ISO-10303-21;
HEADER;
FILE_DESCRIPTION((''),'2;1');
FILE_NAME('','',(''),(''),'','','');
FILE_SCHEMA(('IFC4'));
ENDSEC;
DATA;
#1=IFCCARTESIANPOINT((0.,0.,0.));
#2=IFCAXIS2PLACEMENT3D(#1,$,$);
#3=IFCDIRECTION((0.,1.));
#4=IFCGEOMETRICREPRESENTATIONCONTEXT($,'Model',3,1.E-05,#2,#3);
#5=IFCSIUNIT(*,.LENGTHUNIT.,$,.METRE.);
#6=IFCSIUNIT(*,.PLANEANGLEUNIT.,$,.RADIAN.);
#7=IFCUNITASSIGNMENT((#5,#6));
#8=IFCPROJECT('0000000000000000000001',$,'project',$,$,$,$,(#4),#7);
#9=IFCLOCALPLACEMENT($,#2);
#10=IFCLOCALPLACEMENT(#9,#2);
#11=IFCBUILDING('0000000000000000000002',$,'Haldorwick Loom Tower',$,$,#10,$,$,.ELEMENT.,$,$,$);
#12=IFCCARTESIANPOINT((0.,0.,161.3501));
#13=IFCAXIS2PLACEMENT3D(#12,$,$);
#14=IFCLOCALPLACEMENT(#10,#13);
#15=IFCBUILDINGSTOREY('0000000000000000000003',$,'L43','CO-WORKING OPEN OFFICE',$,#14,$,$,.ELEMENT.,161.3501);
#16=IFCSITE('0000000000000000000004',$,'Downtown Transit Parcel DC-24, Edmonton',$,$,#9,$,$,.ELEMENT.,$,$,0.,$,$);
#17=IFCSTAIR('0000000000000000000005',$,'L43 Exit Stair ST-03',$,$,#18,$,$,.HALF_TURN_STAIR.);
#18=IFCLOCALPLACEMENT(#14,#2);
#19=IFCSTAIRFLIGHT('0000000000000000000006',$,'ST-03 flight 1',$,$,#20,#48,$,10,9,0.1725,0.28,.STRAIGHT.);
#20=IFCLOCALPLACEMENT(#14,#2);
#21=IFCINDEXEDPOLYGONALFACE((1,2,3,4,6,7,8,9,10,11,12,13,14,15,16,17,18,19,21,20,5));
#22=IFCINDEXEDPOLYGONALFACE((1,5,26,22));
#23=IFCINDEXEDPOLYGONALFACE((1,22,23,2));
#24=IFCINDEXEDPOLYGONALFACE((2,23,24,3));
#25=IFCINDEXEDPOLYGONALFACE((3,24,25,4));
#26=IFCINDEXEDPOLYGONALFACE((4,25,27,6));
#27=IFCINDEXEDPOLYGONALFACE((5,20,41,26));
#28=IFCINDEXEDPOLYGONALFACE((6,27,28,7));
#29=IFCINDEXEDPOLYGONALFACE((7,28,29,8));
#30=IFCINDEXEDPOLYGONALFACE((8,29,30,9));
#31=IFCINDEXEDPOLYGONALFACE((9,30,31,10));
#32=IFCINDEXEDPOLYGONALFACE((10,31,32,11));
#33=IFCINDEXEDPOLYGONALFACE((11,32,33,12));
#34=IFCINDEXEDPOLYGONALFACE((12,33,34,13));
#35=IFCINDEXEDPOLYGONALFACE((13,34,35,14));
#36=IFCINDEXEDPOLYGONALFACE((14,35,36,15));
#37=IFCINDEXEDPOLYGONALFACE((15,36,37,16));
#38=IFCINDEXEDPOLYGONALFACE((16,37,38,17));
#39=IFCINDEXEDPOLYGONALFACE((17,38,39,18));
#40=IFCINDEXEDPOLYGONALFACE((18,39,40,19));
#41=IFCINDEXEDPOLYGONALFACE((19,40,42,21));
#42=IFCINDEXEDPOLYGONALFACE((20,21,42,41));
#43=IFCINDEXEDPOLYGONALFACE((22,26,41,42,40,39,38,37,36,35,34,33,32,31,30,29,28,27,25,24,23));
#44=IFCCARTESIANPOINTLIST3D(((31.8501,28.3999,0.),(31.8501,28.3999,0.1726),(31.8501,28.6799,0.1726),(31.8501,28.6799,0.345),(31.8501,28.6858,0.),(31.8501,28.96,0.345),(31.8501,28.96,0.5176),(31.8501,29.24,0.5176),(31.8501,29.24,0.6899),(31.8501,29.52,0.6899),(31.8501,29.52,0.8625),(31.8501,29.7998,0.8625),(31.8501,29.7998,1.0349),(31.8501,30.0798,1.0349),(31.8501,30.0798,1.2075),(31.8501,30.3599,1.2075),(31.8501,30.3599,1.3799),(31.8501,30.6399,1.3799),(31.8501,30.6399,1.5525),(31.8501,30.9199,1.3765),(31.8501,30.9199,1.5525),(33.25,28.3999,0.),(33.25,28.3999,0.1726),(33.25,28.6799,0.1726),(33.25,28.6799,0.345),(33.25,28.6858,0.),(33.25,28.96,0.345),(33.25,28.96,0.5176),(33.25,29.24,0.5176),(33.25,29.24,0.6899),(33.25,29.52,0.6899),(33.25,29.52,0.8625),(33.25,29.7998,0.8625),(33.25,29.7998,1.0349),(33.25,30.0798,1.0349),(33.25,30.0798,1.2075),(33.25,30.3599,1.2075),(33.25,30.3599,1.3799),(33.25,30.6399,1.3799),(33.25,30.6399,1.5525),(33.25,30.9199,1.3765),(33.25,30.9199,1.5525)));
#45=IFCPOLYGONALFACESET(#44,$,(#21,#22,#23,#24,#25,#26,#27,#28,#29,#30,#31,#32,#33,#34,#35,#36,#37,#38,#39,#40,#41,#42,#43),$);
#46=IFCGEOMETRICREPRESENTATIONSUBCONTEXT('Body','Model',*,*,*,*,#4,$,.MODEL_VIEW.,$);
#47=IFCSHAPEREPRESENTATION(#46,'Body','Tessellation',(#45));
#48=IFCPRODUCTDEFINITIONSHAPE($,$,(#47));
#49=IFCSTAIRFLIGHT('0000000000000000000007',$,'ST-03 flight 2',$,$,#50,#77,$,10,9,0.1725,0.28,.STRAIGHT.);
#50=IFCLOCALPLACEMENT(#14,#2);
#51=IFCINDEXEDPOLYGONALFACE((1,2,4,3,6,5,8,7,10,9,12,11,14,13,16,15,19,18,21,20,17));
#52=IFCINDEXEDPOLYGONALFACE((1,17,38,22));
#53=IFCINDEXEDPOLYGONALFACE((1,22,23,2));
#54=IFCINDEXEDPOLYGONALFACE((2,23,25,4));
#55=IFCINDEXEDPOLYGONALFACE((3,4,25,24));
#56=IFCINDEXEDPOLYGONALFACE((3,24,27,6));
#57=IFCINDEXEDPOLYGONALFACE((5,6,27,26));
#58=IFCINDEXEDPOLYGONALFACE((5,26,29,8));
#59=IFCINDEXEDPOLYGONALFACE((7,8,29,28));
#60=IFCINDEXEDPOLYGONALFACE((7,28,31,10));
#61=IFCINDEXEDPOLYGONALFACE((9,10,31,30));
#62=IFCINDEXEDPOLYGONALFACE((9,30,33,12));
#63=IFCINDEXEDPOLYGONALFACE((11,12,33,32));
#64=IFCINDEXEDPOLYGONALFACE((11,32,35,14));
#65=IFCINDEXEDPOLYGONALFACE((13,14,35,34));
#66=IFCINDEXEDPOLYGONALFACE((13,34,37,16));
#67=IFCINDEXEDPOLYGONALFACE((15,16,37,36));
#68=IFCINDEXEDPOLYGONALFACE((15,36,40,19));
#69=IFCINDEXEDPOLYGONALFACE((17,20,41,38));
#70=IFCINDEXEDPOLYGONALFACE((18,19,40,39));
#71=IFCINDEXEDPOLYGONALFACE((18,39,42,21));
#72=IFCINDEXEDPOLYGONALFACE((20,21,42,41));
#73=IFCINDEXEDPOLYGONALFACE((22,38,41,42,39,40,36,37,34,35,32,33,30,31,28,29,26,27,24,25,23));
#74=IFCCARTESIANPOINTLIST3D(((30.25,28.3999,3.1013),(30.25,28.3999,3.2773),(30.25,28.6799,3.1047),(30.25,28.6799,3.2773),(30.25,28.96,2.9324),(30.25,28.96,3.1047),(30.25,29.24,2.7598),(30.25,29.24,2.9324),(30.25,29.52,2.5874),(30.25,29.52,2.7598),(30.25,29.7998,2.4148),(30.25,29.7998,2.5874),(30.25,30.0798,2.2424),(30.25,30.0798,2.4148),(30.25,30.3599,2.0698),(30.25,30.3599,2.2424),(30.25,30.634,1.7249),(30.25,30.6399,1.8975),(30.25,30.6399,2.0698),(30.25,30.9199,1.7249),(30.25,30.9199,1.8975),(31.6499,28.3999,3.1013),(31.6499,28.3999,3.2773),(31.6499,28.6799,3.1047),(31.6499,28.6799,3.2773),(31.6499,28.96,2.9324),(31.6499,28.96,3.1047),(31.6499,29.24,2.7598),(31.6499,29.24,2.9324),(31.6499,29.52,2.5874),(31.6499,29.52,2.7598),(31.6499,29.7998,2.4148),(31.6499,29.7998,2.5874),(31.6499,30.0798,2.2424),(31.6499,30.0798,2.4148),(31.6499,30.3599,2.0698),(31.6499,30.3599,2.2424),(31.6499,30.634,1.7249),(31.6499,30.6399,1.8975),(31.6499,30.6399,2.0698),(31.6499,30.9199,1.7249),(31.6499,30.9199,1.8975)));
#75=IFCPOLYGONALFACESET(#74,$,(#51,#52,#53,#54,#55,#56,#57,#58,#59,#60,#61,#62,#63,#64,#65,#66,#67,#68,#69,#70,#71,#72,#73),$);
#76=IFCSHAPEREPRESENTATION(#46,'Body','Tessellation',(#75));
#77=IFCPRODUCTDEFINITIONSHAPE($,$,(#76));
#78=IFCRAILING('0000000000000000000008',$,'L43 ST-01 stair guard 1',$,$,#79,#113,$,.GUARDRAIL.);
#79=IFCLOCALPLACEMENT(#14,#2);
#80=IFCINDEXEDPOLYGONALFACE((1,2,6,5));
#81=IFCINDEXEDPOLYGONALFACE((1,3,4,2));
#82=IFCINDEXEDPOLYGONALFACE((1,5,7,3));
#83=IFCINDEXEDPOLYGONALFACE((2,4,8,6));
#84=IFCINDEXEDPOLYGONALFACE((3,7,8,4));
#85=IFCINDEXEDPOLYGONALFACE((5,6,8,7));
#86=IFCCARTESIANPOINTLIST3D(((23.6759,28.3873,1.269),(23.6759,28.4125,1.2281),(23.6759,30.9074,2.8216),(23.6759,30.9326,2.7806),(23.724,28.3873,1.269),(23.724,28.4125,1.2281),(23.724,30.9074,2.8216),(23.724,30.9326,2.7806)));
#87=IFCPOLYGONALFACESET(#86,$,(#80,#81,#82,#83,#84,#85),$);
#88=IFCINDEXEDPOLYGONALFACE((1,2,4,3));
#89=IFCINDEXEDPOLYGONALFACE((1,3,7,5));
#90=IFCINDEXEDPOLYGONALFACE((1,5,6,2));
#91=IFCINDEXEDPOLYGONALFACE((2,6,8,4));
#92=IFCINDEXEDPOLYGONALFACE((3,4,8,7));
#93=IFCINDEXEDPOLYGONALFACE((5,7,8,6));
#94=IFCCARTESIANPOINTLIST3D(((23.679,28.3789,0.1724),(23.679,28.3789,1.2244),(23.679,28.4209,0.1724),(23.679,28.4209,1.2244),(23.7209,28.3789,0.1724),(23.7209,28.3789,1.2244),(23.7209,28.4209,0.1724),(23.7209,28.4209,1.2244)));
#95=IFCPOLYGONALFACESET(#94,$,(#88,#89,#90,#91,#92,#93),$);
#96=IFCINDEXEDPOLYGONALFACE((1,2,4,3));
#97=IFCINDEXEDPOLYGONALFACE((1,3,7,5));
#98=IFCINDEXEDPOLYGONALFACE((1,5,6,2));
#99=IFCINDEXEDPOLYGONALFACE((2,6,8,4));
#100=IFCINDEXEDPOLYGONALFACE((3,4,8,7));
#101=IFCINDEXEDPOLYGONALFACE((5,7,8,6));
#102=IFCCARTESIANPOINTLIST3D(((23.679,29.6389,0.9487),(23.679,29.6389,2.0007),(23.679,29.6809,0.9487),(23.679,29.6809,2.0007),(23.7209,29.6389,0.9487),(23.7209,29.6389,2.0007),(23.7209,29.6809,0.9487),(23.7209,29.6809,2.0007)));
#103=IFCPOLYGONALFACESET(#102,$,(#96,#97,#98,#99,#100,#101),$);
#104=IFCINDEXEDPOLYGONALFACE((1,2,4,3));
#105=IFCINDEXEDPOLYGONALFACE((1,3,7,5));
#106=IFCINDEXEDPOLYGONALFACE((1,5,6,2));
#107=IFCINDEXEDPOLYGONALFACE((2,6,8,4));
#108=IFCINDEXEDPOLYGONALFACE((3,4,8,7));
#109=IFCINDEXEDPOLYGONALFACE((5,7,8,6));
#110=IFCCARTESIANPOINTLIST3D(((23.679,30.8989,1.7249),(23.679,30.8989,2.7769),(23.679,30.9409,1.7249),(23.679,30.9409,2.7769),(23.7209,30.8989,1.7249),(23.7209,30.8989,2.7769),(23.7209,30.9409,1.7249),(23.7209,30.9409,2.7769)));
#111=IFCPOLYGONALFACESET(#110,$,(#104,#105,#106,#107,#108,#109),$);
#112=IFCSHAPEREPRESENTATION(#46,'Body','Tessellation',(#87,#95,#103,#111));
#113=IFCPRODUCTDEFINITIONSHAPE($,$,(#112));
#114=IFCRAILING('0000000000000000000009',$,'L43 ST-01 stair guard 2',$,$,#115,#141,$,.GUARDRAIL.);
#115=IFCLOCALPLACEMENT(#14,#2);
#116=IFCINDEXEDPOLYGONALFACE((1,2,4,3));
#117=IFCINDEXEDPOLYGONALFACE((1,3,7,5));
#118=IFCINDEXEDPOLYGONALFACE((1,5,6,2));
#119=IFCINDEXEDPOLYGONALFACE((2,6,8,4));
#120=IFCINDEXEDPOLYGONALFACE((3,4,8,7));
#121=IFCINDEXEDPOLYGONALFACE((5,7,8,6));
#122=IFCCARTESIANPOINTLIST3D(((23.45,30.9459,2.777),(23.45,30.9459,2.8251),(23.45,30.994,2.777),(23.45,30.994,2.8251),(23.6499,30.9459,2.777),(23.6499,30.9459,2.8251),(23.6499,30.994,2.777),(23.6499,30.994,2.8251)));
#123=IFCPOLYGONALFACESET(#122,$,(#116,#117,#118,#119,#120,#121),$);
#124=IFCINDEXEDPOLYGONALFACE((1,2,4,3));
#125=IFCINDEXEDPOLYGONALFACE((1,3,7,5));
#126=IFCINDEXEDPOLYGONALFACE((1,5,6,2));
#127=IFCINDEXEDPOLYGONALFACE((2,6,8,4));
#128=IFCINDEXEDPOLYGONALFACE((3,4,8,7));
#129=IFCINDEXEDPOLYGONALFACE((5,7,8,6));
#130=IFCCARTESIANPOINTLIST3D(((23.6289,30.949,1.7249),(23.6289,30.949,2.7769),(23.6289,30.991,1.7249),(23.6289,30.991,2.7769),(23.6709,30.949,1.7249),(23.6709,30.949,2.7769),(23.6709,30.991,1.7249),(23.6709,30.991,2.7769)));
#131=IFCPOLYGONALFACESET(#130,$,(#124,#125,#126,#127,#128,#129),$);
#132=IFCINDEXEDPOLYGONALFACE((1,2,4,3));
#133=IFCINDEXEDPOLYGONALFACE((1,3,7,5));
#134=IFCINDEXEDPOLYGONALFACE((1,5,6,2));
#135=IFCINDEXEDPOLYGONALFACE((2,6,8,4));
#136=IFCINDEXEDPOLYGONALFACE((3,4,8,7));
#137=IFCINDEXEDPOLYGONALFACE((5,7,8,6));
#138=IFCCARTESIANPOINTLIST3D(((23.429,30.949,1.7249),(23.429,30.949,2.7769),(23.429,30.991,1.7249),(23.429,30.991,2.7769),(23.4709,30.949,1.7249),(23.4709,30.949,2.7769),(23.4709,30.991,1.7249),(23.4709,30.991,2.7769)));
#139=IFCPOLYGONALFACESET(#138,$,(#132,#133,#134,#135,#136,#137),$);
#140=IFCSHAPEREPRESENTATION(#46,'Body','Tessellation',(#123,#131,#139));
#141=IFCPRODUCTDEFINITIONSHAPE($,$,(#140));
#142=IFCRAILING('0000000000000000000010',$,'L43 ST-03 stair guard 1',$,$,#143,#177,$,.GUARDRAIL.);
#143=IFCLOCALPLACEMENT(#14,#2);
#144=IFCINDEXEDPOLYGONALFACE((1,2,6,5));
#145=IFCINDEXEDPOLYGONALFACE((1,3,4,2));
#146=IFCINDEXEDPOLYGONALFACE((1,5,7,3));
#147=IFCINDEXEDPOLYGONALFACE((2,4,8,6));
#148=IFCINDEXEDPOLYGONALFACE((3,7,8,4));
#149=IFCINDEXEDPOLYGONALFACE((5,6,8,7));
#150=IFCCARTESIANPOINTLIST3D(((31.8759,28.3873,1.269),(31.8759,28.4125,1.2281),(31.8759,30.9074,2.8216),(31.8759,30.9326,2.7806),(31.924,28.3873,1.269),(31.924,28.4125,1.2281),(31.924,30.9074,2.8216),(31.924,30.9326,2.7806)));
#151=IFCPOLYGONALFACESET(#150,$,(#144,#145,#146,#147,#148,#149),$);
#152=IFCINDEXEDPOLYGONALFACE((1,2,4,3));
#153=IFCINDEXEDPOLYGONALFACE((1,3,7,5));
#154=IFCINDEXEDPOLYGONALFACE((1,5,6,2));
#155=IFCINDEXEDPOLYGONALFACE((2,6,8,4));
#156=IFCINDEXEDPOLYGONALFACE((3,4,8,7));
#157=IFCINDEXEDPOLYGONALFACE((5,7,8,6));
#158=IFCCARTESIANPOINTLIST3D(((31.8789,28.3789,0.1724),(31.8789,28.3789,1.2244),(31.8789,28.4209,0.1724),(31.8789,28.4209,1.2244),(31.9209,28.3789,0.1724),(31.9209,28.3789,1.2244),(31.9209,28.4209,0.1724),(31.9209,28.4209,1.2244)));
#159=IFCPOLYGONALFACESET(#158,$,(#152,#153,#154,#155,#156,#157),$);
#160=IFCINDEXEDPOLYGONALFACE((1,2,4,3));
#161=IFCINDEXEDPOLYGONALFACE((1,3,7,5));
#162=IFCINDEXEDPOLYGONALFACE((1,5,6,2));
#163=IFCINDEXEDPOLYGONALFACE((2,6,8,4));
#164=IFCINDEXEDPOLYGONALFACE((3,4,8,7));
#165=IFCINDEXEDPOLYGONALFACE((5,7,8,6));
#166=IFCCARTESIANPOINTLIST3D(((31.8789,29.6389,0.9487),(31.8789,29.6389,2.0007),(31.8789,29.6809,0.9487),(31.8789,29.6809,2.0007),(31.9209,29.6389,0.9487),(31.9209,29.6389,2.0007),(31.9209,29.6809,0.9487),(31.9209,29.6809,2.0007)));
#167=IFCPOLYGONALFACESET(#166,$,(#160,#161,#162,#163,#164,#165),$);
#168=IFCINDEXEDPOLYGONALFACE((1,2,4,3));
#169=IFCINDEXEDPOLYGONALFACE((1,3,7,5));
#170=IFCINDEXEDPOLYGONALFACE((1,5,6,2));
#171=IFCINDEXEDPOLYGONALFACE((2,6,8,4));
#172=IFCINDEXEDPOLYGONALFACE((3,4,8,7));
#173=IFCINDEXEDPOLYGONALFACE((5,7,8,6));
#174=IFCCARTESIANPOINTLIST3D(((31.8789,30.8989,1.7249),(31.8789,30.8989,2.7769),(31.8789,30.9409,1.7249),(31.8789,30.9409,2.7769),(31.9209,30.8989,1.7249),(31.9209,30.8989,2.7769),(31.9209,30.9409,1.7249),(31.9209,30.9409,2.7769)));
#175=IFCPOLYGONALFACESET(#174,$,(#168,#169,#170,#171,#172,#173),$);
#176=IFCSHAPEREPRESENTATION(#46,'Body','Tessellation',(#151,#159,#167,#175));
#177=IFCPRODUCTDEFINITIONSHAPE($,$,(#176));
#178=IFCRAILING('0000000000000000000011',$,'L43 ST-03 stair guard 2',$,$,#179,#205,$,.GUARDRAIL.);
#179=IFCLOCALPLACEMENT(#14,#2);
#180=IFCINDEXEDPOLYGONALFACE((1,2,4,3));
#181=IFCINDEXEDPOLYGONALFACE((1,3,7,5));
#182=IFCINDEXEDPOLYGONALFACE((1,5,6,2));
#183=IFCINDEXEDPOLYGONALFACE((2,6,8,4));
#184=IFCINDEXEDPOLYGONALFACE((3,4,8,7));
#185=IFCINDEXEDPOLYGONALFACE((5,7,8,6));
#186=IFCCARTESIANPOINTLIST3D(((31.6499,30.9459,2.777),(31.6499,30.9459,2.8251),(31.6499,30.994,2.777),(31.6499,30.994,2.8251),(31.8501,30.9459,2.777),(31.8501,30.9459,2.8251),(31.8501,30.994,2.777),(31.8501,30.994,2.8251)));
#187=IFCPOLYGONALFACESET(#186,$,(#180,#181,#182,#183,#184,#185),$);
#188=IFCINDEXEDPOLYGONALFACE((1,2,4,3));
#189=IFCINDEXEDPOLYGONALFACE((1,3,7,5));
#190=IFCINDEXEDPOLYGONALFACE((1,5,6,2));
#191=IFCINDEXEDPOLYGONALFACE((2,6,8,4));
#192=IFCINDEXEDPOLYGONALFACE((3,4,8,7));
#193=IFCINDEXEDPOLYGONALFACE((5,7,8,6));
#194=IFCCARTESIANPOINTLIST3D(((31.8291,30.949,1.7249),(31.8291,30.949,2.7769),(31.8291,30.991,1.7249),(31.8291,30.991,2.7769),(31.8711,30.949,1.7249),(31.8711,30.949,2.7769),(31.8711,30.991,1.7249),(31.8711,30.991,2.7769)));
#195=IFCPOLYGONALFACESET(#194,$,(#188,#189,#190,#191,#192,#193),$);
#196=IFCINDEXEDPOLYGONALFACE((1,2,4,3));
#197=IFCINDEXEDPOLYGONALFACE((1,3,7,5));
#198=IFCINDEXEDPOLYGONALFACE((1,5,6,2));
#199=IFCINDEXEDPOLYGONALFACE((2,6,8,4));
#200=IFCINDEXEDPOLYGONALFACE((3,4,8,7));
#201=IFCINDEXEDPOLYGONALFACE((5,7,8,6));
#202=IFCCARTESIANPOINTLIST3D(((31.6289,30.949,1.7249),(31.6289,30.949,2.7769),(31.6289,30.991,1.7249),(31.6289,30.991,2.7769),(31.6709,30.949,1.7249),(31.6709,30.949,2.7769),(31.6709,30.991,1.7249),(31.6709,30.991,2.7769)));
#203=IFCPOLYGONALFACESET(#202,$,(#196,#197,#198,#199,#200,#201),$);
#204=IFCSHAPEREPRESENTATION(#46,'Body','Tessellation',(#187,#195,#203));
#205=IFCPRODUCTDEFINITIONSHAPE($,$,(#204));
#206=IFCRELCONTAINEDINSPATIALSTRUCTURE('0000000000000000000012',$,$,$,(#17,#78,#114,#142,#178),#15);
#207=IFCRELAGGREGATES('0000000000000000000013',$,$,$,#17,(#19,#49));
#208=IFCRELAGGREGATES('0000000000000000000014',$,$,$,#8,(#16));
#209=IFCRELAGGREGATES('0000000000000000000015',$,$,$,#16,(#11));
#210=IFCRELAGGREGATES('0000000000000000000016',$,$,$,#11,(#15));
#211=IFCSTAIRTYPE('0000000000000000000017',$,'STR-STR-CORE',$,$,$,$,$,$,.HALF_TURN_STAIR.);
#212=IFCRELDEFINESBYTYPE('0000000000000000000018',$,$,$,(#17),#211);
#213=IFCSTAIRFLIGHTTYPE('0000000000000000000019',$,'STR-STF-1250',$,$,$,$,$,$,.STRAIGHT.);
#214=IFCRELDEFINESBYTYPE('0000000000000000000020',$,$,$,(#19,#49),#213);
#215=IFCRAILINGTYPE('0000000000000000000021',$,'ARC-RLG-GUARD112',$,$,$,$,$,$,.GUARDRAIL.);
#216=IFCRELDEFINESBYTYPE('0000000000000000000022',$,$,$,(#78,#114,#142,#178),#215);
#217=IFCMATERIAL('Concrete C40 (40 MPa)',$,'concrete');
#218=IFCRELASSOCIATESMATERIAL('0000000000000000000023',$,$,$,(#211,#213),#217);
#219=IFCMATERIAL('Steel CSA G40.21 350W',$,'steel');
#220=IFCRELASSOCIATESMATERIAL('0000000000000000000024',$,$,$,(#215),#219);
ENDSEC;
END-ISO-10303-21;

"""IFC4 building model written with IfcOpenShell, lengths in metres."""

from ifc_helpers import new_model, si_unit, direction, frame, origin, origin_2d, place, context, subcontext, project, spatial, polyline, rectangle, outline, extrude, material, type_object, element, aggregate, save


model = new_model("IFC4")

# Units and contexts
model_context = context("Model", 3, precision=1e-05, world=origin(), true_north=direction((0.0, 1.0)))
body_context = subcontext(model_context, "Body", "Model", "MODEL_VIEW")
ifc_project = project(units=[si_unit("LENGTHUNIT", "METRE"), si_unit("PLANEANGLEUNIT", "RADIAN")], contexts=[model_context])

# Site, building, storey
site_placement = place(None, origin())
site = spatial("IfcSite", under=ifc_project, at=site_placement, Name="Downtown Transit Parcel DC-24, Edmonton", CompositionType="ELEMENT", RefElevation=0.0)
building_placement = place(site_placement, origin())
building = spatial("IfcBuilding", under=site, at=building_placement, Name="Haldorwick Loom Tower", CompositionType="ELEMENT")
storey_placement = place(building_placement, frame((0.0, 0.0, 161.3501)))
storey = spatial("IfcBuildingStorey", under=building, at=storey_placement, Name="L43", Description="CO-WORKING OPEN OFFICE", CompositionType="ELEMENT", Elevation=161.3501)

# Shared definitions
ifc_material_1 = material(Name="Steel CSA G40.21 350W", Category="steel")

# Shared definitions
ifc_material_2 = material(Name="Concrete C40 (40 MPa)", Category="concrete")
stair_type = type_object("IfcStairType", Name="STR-STR-CORE", PredefinedType="HALF_TURN_STAIR", material=ifc_material_2)
stair_flight_type = type_object("IfcStairFlightType", Name="STR-STF-1250", PredefinedType="STRAIGHT", material=ifc_material_2)

# Stair, stair flights
stair_1_placement = place(storey_placement, origin())
stair_1 = element("IfcStair", 1, at=stair_1_placement, inside=storey, type_object=stair_type, Name="L43 Exit Stair ST-03", PredefinedType="HALF_TURN_STAIR")
stair_flight_1_placement = place(storey_placement, frame((32.55, 28.3999, 0.0), z_axis=(0.0, 0.0, 1.0), x_axis=(0.0, 1.0, 0.0)))
stair_flight_1 = element("IfcStairFlight", 2, at=stair_flight_1_placement, type_object=stair_flight_type, Name="ST-03 flight 1", NumberOfRisers=10, NumberOfTreads=9, PredefinedType="STRAIGHT", RiserHeight=0.1725, TreadLength=0.28, context=body_context, shape_type="SweptSolid", body=[
    extrude(outline(polyline([(0.0, 0.0), (0.0, 0.1726), (0.28, 0.1726), (0.28, 0.345), (0.5601, 0.345), (0.5601, 0.5176), (0.8401, 0.5176), (0.8401, 0.6899), (1.1201, 0.6899), (1.1201, 0.8625), (1.3999, 0.8625), (1.3999, 1.0349), (1.6799, 1.0349), (1.6799, 1.2075), (1.96, 1.2075), (1.96, 1.3799), (2.24, 1.3799), (2.24, 1.5525), (2.52, 1.5525), (2.52, 1.7251), (2.52, 1.3765), (0.2859, 0.0), (0.0, 0.0)])), frame((0.0, 0.7, 0.0), z_axis=(0.0, -1.0, 0.0), x_axis=(1.0, 0.0, 0.0)), (0.0, 0.0, 1.0), 1.3999),
])
stair_flight_2_placement = place(storey_placement, frame((30.95, 30.9199, 1.7249), z_axis=(0.0, 0.0, 1.0), x_axis=(0.0, -1.0, 0.0)))
stair_flight_2 = element("IfcStairFlight", 3, at=stair_flight_2_placement, type_object=stair_flight_type, Name="ST-03 flight 2", NumberOfRisers=10, NumberOfTreads=9, PredefinedType="STRAIGHT", RiserHeight=0.1725, TreadLength=0.28, context=body_context, shape_type="SweptSolid", body=[
    extrude(outline(polyline([(0.0, 0.0), (0.0, 0.1726), (0.28, 0.1726), (0.28, 0.345), (0.5601, 0.345), (0.5601, 0.5176), (0.8401, 0.5176), (0.8401, 0.6899), (1.1201, 0.6899), (1.1201, 0.8625), (1.3999, 0.8625), (1.3999, 1.0349), (1.6799, 1.0349), (1.6799, 1.2075), (1.96, 1.2075), (1.96, 1.3799), (2.24, 1.3799), (2.24, 1.5525), (2.52, 1.5525), (2.52, 1.7251), (2.52, 1.3765), (0.2859, 0.0), (0.0, 0.0)])), frame((0.0, 0.7, 0.0), z_axis=(0.0, -1.0, 0.0), x_axis=(1.0, 0.0, 0.0)), (0.0, 0.0, 1.0), 1.3999),
])
aggregate(stair_1, [stair_flight_1, stair_flight_2])

# Railings
railing_type_1 = type_object("IfcRailingType", Name="ARC-RLG-GUARD112", PredefinedType="GUARDRAIL", material=ifc_material_1)
railing_1_placement = place(storey_placement, frame((23.7, 28.3999, 0.1724)))
element("IfcRailing", 4, at=railing_1_placement, inside=storey, type_object=railing_type_1, Name="L43 ST-01 stair guard 1", PredefinedType="GUARDRAIL", context=body_context, shape_type="SweptSolid", body=[
    extrude(rectangle(XDim=0.0481, YDim=0.0481, at=origin_2d()), frame((0.0, 0.0, 1.0762), z_axis=(0.0, 0.8514, 0.524516), x_axis=(-1.0, 0.0, 0.0)), (0.0, 0.0, 1.0), 2.96),
    extrude(rectangle(XDim=0.042, YDim=0.042, at=origin_2d()), origin(), (0.0, 0.0, 1.0), 1.052),
    extrude(rectangle(XDim=0.042, YDim=0.042, at=origin_2d()), frame((0.0, 1.26, 0.7764)), (0.0, 0.0, 1.0), 1.052),
    extrude(rectangle(XDim=0.042, YDim=0.042, at=origin_2d()), frame((0.0, 2.52, 1.5525)), (0.0, 0.0, 1.0), 1.052),
])
railing_2_placement = place(storey_placement, frame((23.6499, 30.97, 1.7249)))
element("IfcRailing", 5, at=railing_2_placement, inside=storey, type_object=railing_type_1, Name="L43 ST-01 stair guard 2", PredefinedType="GUARDRAIL", context=body_context, shape_type="SweptSolid", body=[
    extrude(rectangle(XDim=0.0481, YDim=0.0481, at=origin_2d()), frame((0.0, 0.0, 1.0762), z_axis=(-1.0, 0.0, 0.0), x_axis=(0.0, -1.0, 0.0)), (0.0, 0.0, 1.0), 0.2),
    extrude(rectangle(XDim=0.042, YDim=0.042, at=origin_2d()), origin(), (0.0, 0.0, 1.0), 1.052),
    extrude(rectangle(XDim=0.042, YDim=0.042, at=origin_2d()), frame((-0.2, 0.0, 0.0)), (0.0, 0.0, 1.0), 1.052),
])
railing_3_placement = place(storey_placement, frame((31.8999, 28.3999, 0.1724)))
element("IfcRailing", 6, at=railing_3_placement, inside=storey, type_object=railing_type_1, Name="L43 ST-03 stair guard 1", PredefinedType="GUARDRAIL", context=body_context, shape_type="SweptSolid", body=[
    extrude(rectangle(XDim=0.0481, YDim=0.0481, at=origin_2d()), frame((0.0, 0.0, 1.0762), z_axis=(0.0, 0.8514, 0.524516), x_axis=(-1.0, 0.0, 0.0)), (0.0, 0.0, 1.0), 2.96),
    extrude(rectangle(XDim=0.042, YDim=0.042, at=origin_2d()), origin(), (0.0, 0.0, 1.0), 1.052),
    extrude(rectangle(XDim=0.042, YDim=0.042, at=origin_2d()), frame((0.0, 1.26, 0.7764)), (0.0, 0.0, 1.0), 1.052),
    extrude(rectangle(XDim=0.042, YDim=0.042, at=origin_2d()), frame((0.0, 2.52, 1.5525)), (0.0, 0.0, 1.0), 1.052),
])
railing_4_placement = place(storey_placement, frame((31.8501, 30.97, 1.7249)))
element("IfcRailing", 7, at=railing_4_placement, inside=storey, type_object=railing_type_1, Name="L43 ST-03 stair guard 2", PredefinedType="GUARDRAIL", context=body_context, shape_type="SweptSolid", body=[
    extrude(rectangle(XDim=0.0481, YDim=0.0481, at=origin_2d()), frame((0.0, 0.0, 1.0762), z_axis=(-1.0, 0.0, 0.0), x_axis=(0.0, -1.0, 0.0)), (0.0, 0.0, 1.0), 0.2002),
    extrude(rectangle(XDim=0.042, YDim=0.042, at=origin_2d()), origin(), (0.0, 0.0, 1.0), 1.052),
    extrude(rectangle(XDim=0.042, YDim=0.042, at=origin_2d()), frame((-0.2002, 0.0, 0.0)), (0.0, 0.0, 1.0), 1.052),
])

save(model, "model.ifc")
